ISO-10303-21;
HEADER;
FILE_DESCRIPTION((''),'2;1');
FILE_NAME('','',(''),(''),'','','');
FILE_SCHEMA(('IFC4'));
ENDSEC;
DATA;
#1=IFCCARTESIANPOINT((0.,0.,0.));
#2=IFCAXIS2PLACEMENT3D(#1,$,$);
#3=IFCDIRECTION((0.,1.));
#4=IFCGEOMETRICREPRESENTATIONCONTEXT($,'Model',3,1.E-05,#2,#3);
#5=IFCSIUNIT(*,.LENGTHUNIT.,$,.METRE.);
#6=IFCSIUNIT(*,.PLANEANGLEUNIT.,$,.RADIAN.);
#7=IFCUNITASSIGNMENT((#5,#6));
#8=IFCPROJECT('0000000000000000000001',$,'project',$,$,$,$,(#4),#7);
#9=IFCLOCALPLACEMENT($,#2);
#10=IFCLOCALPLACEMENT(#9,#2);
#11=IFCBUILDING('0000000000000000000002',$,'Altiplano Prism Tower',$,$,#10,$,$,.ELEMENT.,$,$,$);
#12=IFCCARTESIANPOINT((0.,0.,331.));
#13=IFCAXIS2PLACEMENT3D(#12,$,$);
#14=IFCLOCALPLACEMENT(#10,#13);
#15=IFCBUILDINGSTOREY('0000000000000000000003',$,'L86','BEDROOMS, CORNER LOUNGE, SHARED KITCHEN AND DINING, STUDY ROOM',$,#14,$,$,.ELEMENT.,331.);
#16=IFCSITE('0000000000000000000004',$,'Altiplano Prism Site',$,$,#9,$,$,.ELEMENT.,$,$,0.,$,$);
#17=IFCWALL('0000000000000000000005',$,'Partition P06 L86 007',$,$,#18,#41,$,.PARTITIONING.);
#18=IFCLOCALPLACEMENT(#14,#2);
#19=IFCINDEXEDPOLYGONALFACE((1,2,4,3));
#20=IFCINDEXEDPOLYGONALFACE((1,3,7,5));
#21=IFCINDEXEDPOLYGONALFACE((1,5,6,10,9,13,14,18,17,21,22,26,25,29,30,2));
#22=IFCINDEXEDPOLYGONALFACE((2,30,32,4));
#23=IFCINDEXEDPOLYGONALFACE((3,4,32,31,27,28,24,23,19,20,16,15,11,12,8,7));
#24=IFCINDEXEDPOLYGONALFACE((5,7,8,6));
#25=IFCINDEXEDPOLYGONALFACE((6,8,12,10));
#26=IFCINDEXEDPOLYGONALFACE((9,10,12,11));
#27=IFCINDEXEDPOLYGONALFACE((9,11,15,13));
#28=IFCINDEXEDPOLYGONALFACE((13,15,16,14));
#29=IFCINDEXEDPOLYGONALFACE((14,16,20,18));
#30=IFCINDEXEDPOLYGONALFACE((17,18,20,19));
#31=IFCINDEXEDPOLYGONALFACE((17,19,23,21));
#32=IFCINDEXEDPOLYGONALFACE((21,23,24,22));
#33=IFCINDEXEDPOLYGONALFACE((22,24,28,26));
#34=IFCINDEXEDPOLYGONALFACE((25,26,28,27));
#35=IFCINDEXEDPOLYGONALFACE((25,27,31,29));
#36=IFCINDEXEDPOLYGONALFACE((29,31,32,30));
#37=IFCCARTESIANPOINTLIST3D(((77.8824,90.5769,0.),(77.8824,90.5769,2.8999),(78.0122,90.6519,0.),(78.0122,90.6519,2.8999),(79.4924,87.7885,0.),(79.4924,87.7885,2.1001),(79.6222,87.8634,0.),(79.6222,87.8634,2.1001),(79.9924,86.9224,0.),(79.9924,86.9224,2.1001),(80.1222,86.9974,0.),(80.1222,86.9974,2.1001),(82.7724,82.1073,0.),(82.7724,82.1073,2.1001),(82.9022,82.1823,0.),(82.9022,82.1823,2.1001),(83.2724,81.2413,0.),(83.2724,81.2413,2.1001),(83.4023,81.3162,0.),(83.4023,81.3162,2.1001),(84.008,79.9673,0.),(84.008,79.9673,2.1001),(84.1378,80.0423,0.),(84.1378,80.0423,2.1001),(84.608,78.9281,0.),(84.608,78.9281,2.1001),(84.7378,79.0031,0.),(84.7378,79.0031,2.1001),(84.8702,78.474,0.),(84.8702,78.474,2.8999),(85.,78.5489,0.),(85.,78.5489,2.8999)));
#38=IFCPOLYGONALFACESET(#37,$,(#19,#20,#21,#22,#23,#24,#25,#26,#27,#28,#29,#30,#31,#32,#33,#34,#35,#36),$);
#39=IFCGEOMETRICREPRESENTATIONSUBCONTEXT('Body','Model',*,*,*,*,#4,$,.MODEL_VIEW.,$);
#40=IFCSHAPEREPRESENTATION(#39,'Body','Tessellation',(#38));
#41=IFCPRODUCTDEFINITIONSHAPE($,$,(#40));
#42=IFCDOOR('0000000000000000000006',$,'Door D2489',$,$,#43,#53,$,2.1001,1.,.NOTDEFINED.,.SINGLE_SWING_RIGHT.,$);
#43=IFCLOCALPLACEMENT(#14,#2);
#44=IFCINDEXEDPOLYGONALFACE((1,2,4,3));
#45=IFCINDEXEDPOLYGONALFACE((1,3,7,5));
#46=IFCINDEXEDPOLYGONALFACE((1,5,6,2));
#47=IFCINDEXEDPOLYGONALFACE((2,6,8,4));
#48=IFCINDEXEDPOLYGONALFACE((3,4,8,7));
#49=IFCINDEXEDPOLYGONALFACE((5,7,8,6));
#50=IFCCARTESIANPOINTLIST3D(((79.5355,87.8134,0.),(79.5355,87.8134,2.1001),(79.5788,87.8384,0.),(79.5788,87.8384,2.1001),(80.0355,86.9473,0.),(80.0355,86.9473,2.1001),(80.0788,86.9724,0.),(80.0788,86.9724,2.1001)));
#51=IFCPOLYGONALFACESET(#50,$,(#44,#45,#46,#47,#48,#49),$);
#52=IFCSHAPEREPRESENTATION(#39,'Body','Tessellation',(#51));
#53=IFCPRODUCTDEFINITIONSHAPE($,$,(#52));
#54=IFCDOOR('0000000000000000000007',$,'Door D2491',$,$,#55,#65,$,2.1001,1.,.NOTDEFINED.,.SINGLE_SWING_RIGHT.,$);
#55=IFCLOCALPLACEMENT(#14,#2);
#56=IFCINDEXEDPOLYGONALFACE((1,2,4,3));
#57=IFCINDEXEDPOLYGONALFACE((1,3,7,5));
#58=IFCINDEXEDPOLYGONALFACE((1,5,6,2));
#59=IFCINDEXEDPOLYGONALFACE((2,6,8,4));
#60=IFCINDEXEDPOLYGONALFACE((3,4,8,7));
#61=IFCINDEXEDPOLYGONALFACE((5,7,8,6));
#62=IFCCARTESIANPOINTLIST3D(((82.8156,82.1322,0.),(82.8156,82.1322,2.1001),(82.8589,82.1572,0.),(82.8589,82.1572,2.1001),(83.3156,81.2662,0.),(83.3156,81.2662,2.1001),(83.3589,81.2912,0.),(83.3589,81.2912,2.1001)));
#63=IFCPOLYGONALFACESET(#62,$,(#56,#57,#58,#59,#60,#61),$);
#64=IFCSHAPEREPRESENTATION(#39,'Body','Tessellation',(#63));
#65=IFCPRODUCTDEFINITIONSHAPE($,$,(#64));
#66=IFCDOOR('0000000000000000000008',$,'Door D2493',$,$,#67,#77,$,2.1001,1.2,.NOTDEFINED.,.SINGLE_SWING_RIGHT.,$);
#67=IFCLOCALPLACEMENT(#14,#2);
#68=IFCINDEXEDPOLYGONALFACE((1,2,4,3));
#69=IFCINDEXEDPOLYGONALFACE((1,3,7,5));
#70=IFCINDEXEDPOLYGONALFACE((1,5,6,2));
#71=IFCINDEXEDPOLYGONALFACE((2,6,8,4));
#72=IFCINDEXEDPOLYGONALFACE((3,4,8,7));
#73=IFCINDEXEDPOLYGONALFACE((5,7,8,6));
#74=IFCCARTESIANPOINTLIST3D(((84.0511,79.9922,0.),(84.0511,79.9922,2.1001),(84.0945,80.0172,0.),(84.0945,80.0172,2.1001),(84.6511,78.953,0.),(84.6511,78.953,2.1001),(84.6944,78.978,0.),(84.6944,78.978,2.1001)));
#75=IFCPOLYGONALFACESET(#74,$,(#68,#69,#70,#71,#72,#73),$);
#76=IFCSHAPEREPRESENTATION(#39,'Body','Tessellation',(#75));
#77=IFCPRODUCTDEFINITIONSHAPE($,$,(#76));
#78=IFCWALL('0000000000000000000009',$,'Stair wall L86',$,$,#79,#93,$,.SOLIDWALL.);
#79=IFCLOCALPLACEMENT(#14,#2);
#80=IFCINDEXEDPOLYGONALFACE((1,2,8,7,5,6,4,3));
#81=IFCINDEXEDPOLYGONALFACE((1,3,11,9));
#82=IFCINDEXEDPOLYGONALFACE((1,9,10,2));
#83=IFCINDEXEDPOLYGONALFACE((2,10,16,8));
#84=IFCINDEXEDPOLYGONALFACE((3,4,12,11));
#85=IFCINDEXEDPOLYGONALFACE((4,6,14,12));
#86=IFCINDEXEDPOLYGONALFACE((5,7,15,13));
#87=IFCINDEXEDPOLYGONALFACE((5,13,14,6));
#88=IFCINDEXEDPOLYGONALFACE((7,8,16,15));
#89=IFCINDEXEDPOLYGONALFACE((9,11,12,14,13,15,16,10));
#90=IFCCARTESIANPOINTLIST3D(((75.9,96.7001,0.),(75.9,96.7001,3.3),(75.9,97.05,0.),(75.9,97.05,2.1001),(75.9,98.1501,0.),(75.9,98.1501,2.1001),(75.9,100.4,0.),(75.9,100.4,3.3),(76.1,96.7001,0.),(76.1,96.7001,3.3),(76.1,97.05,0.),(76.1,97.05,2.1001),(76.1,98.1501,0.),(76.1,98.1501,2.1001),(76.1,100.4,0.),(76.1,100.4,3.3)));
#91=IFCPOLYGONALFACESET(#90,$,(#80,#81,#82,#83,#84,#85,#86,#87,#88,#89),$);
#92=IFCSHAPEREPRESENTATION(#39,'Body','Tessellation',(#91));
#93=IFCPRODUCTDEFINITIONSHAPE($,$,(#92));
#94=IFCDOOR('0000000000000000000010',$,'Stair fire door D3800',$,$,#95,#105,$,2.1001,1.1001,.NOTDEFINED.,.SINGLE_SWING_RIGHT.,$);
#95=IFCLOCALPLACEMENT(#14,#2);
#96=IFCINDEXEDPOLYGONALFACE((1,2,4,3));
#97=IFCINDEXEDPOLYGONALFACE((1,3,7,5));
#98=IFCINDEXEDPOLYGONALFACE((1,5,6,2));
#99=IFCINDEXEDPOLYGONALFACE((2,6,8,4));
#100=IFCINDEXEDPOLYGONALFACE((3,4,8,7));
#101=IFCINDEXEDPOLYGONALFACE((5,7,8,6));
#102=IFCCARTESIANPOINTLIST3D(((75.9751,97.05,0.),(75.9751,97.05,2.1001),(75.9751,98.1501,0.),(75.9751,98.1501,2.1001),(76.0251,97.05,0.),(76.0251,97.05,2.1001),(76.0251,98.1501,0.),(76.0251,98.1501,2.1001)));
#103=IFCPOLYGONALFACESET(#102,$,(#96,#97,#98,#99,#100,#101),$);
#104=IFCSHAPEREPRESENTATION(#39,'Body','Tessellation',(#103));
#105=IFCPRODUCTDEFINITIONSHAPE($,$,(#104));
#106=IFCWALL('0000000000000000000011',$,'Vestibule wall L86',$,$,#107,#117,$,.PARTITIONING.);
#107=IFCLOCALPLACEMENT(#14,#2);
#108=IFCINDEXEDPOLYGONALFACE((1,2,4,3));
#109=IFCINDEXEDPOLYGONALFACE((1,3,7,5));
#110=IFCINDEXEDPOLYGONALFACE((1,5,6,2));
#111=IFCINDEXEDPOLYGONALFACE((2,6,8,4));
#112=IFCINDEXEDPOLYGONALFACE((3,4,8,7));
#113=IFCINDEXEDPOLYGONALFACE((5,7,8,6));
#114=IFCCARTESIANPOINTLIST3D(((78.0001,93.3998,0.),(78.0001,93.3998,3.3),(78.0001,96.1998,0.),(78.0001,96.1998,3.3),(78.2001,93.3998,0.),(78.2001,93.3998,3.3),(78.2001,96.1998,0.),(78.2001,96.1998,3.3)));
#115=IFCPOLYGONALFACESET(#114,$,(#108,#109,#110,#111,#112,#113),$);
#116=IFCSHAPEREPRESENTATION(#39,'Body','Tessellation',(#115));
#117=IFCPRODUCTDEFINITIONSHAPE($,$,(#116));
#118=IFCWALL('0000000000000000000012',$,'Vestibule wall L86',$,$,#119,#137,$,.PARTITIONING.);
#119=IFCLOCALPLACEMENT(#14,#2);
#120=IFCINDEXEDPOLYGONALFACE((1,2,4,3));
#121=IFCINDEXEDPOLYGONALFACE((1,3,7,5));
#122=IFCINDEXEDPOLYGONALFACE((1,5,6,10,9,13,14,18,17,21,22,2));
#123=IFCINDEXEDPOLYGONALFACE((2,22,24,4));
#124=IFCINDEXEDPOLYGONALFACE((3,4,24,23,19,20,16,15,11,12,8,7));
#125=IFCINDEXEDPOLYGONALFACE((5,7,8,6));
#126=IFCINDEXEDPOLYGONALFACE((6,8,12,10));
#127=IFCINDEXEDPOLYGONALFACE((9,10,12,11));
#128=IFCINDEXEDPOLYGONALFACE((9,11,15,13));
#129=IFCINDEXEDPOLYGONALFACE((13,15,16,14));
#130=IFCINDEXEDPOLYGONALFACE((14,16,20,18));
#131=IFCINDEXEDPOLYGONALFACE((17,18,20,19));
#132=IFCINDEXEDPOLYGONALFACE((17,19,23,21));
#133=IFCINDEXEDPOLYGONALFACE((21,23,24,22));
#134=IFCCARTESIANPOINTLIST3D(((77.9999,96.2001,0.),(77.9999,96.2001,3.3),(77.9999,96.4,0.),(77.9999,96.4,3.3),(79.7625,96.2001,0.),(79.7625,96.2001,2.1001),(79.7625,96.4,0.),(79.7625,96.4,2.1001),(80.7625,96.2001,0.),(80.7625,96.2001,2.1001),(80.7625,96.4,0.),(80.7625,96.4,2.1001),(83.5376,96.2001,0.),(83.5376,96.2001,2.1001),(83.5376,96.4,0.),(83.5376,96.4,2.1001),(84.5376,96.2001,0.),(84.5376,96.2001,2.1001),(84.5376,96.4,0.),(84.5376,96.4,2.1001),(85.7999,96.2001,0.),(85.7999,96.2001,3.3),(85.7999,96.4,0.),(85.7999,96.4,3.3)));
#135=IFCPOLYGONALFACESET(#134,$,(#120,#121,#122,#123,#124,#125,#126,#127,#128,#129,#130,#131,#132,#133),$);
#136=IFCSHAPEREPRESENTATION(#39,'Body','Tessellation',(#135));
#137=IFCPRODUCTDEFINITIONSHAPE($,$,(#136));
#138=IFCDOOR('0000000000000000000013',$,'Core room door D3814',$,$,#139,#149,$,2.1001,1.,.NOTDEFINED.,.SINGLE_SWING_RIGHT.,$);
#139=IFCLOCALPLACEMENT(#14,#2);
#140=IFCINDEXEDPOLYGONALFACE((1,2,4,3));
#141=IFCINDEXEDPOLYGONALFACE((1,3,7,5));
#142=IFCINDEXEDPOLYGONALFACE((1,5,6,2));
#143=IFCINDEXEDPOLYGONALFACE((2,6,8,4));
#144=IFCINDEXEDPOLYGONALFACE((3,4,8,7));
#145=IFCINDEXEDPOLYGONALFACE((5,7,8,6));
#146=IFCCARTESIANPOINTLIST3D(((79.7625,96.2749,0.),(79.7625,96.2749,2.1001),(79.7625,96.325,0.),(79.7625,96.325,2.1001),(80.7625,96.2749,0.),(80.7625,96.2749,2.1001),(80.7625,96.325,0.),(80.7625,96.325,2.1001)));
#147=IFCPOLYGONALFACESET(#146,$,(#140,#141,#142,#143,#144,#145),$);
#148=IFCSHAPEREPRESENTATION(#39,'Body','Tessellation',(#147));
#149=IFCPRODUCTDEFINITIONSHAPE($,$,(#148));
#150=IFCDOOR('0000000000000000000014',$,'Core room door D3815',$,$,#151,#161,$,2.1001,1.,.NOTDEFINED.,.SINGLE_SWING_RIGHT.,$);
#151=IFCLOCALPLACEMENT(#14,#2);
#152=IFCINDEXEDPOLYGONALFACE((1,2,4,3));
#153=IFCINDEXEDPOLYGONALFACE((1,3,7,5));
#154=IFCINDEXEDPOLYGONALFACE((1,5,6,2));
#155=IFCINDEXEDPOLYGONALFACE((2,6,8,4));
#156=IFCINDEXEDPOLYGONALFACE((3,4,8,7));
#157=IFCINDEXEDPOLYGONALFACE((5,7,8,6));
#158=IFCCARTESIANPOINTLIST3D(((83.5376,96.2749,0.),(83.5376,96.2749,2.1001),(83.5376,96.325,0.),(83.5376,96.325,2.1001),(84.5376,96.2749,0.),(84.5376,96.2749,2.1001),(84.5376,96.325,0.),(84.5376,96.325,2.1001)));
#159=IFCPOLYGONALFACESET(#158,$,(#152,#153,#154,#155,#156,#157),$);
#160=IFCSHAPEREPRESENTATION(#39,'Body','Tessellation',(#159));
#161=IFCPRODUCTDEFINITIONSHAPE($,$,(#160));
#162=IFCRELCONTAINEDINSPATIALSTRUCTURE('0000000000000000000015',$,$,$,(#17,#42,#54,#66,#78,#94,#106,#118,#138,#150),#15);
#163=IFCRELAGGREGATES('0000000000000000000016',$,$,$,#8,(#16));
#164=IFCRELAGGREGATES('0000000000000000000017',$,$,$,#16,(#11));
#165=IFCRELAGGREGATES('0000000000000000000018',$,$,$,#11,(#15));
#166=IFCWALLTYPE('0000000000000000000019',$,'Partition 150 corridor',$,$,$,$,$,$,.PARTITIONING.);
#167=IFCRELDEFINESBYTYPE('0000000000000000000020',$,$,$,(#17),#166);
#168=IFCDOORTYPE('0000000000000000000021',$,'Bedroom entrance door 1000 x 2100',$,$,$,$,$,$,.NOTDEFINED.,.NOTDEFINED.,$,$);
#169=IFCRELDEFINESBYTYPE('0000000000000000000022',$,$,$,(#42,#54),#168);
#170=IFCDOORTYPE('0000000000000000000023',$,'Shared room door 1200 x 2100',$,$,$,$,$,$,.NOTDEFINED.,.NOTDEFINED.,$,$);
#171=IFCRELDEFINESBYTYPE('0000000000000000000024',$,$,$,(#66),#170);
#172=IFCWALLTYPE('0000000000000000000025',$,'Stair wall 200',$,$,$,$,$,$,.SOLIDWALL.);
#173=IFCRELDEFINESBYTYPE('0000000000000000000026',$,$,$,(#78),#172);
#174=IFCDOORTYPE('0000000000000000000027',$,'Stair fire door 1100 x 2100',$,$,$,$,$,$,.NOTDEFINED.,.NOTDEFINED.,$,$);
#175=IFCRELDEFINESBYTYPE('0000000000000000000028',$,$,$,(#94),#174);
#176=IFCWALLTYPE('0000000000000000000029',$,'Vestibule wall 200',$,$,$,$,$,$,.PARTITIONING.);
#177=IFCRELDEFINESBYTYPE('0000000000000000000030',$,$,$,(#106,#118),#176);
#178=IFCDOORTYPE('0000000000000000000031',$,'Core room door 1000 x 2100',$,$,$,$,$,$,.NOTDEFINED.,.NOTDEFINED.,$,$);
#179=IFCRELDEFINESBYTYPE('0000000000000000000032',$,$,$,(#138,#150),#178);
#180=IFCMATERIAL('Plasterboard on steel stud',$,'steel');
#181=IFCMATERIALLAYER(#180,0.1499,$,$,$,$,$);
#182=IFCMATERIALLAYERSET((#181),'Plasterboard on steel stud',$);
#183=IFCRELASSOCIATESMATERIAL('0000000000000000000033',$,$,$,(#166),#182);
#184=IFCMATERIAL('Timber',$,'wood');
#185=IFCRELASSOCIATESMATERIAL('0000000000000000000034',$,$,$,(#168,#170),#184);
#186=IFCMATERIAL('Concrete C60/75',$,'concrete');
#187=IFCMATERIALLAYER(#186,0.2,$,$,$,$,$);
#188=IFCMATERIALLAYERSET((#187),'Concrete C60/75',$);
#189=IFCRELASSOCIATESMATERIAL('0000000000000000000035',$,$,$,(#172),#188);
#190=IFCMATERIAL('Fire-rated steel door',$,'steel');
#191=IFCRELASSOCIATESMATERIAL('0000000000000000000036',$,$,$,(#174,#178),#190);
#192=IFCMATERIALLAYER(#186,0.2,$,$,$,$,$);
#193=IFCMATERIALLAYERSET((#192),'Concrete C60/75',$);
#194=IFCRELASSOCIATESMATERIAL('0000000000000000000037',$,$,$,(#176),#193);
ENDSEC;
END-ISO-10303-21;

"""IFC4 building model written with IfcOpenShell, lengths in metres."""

from ifc_helpers import new_model, si_unit, direction, frame, frame_2d, origin, place, context, subcontext, project, spatial, rectangle, extrude, material, layer, layer_set, type_object, element, fill, save


model = new_model("IFC4")

# Units and contexts
model_context = context("Model", 3, precision=1e-05, world=origin(), true_north=direction((0.0, 1.0)))
body_context = subcontext(model_context, "Body", "Model", "MODEL_VIEW")
ifc_project = project(units=[si_unit("LENGTHUNIT", "METRE"), si_unit("PLANEANGLEUNIT", "RADIAN")], contexts=[model_context])

# Site, building, storey
site_placement = place(None, origin())
site = spatial("IfcSite", under=ifc_project, at=site_placement, Name="Altiplano Prism Site", CompositionType="ELEMENT", RefElevation=0.0)
building_placement = place(site_placement, origin())
building = spatial("IfcBuilding", under=site, at=building_placement, Name="Altiplano Prism Tower", CompositionType="ELEMENT")
storey_placement = place(building_placement, frame((0.0, 0.0, 331.0)))
storey = spatial("IfcBuildingStorey", under=building, at=storey_placement, Name="L86", Description="BEDROOMS, CORNER LOUNGE, SHARED KITCHEN AND DINING, STUDY ROOM", CompositionType="ELEMENT", Elevation=331.0)

# Shared definitions
ifc_material_1 = material(Name="Plasterboard on steel stud", Category="steel")

# Shared definitions
ifc_material_2 = material(Name="Timber", Category="wood")

# Shared definitions
ifc_layer_1 = layer(ifc_material_1, 0.1499)
ifc_layer_set_1 = layer_set([ifc_layer_1], Name="Plasterboard on steel stud")
wall_type_1 = type_object("IfcWallType", Name="Partition 150 corridor", PredefinedType="PARTITIONING", material=ifc_layer_set_1)

# Shared definitions
door_type_1 = type_object("IfcDoorType", Name="Bedroom entrance door 1000 x 2100", OperationType="NOTDEFINED", PredefinedType="NOTDEFINED", material=ifc_material_2)

# Wall, openings, doors
wall_1_placement = place(storey_placement, frame((77.9473, 90.6145, 0.0), z_axis=(0.0, 0.0, 1.0), x_axis=(0.500006, -0.866022, 0.0)))
wall_1 = element("IfcWall", 1, at=wall_1_placement, inside=storey, type_object=wall_type_1, Name="Partition P06 L86 007", PredefinedType="PARTITIONING", context=body_context, shape_type="SweptSolid", body=[
    extrude(rectangle(XDim=13.9753, YDim=0.1499, at=frame_2d((6.9878, 0.0))), origin(), (0.0, 0.0, 1.0), 2.8999),
])
opening_1_placement = place(wall_1_placement, frame((3.22, 0.0, 0.0)))
opening_1 = element("IfcOpeningElement", 2, at=opening_1_placement, cuts=wall_1, PredefinedType="OPENING", context=body_context, shape_type="SweptSolid", body=[
    extrude(rectangle(XDim=1.0, YDim=2.1001, at=frame_2d((0.5, 1.05))), frame((0.0, 0.0854, 0.0), z_axis=(0.0, -1.0, 0.0), x_axis=(1.0, 0.0, 0.0)), (0.0, 0.0, 1.0), 0.1709),
])
opening_2_placement = place(wall_1_placement, frame((9.78, 0.0, 0.0)))
opening_2 = element("IfcOpeningElement", 3, at=opening_2_placement, cuts=wall_1, PredefinedType="OPENING", context=body_context, shape_type="SweptSolid", body=[
    extrude(rectangle(XDim=1.0, YDim=2.1001, at=frame_2d((0.5, 1.05))), frame((0.0, 0.0854, 0.0), z_axis=(0.0, -1.0, 0.0), x_axis=(1.0, 0.0, 0.0)), (0.0, 0.0, 1.0), 0.1709),
])
opening_3_placement = place(wall_1_placement, frame((12.251, 0.0, 0.0)))
opening_3 = element("IfcOpeningElement", 4, at=opening_3_placement, cuts=wall_1, PredefinedType="OPENING", context=body_context, shape_type="SweptSolid", body=[
    extrude(rectangle(XDim=1.2, YDim=2.1001, at=frame_2d((0.6001, 1.05))), frame((0.0, 0.0854, 0.0), z_axis=(0.0, -1.0, 0.0), x_axis=(1.0, 0.0, 0.0)), (0.0, 0.0, 1.0), 0.1709),
])
door_1_placement = place(opening_1_placement, origin())
door_1 = element("IfcDoor", 5, at=door_1_placement, inside=storey, type_object=door_type_1, Name="Door D2489", OperationType="SINGLE_SWING_RIGHT", OverallHeight=2.1001, OverallWidth=1.0, PredefinedType="NOTDEFINED", context=body_context, shape_type="SweptSolid", body=[
    extrude(rectangle(XDim=1.0, YDim=2.1001, at=frame_2d((0.5, 1.05))), frame((0.0, 0.0249, 0.0), z_axis=(0.0, -1.0, 0.0), x_axis=(1.0, 0.0, 0.0)), (0.0, 0.0, 1.0), 0.05),
])
fill(opening_1, door_1)
door_2_placement = place(opening_2_placement, origin())
door_2 = element("IfcDoor", 6, at=door_2_placement, inside=storey, type_object=door_type_1, Name="Door D2491", OperationType="SINGLE_SWING_RIGHT", OverallHeight=2.1001, OverallWidth=1.0, PredefinedType="NOTDEFINED", context=body_context, shape_type="SweptSolid", body=[
    extrude(rectangle(XDim=1.0, YDim=2.1001, at=frame_2d((0.5, 1.05))), frame((0.0, 0.0249, 0.0), z_axis=(0.0, -1.0, 0.0), x_axis=(1.0, 0.0, 0.0)), (0.0, 0.0, 1.0), 0.05),
])
fill(opening_2, door_2)
door_type_2 = type_object("IfcDoorType", Name="Shared room door 1200 x 2100", OperationType="NOTDEFINED", PredefinedType="NOTDEFINED", material=ifc_material_2)
door_3_placement = place(opening_3_placement, origin())
door_3 = element("IfcDoor", 7, at=door_3_placement, inside=storey, type_object=door_type_2, Name="Door D2493", OperationType="SINGLE_SWING_RIGHT", OverallHeight=2.1001, OverallWidth=1.2, PredefinedType="NOTDEFINED", context=body_context, shape_type="SweptSolid", body=[
    extrude(rectangle(XDim=1.2, YDim=2.1001, at=frame_2d((0.6001, 1.05))), frame((0.0, 0.0249, 0.0), z_axis=(0.0, -1.0, 0.0), x_axis=(1.0, 0.0, 0.0)), (0.0, 0.0, 1.0), 0.05),
])
fill(opening_3, door_3)

# Wall, opening, door
ifc_material_3 = material(Name="Concrete C60/75", Category="concrete")
ifc_layer_2 = layer(ifc_material_3, 0.2)
ifc_layer_set_2 = layer_set([ifc_layer_2], Name="Concrete C60/75")
wall_type_2 = type_object("IfcWallType", Name="Stair wall 200", PredefinedType="SOLIDWALL", material=ifc_layer_set_2)
wall_2_placement = place(storey_placement, frame((76.0, 96.7, 0.0), z_axis=(0.0, 0.0, 1.0), x_axis=(0.0, 1.0, 0.0)))
wall_2 = element("IfcWall", 8, at=wall_2_placement, inside=storey, type_object=wall_type_2, Name="Stair wall L86", PredefinedType="SOLIDWALL", context=body_context, shape_type="SweptSolid", body=[
    extrude(rectangle(XDim=3.7, YDim=0.2, at=frame_2d((1.8501, 0.0))), origin(), (0.0, 0.0, 1.0), 3.3),
])
opening_4_placement = place(wall_2_placement, frame((0.3501, 0.0, 0.0)))
opening_4 = element("IfcOpeningElement", 9, at=opening_4_placement, cuts=wall_2, PredefinedType="OPENING", context=body_context, shape_type="SweptSolid", body=[
    extrude(rectangle(XDim=1.1001, YDim=2.1001, at=frame_2d((0.55, 1.05))), frame((0.0, 0.1104, 0.0), z_axis=(0.0, -1.0, 0.0), x_axis=(1.0, 0.0, 0.0)), (0.0, 0.0, 1.0), 0.2209),
])
ifc_material_4 = material(Name="Fire-rated steel door", Category="steel")
door_type_3 = type_object("IfcDoorType", Name="Stair fire door 1100 x 2100", OperationType="NOTDEFINED", PredefinedType="NOTDEFINED", material=ifc_material_4)
door_4_placement = place(opening_4_placement, origin())
door_4 = element("IfcDoor", 10, at=door_4_placement, inside=storey, type_object=door_type_3, Name="Stair fire door D3800", OperationType="SINGLE_SWING_RIGHT", OverallHeight=2.1001, OverallWidth=1.1001, PredefinedType="NOTDEFINED", context=body_context, shape_type="SweptSolid", body=[
    extrude(rectangle(XDim=1.1001, YDim=2.1001, at=frame_2d((0.55, 1.05))), frame((0.0, 0.0249, 0.0), z_axis=(0.0, -1.0, 0.0), x_axis=(1.0, 0.0, 0.0)), (0.0, 0.0, 1.0), 0.05),
])
fill(opening_4, door_4)

# Wall
ifc_layer_3 = layer(ifc_material_3, 0.2)
ifc_layer_set_3 = layer_set([ifc_layer_3], Name="Concrete C60/75")
wall_type_3 = type_object("IfcWallType", Name="Vestibule wall 200", PredefinedType="PARTITIONING", material=ifc_layer_set_3)
wall_3_placement = place(storey_placement, frame((78.1001, 93.3999, 0.0), z_axis=(0.0, 0.0, 1.0), x_axis=(0.0, 1.0, 0.0)))
element("IfcWall", 11, at=wall_3_placement, inside=storey, type_object=wall_type_3, Name="Vestibule wall L86", PredefinedType="PARTITIONING", context=body_context, shape_type="SweptSolid", body=[
    extrude(rectangle(XDim=2.8, YDim=0.2, at=frame_2d((1.3999, 0.0))), origin(), (0.0, 0.0, 1.0), 3.3),
])

# Wall, openings, doors
wall_4_placement = place(storey_placement, frame((78.0, 96.3, 0.0), z_axis=(0.0, 0.0, 1.0), x_axis=(1.0, 0.0, 0.0)))
wall_4 = element("IfcWall", 12, at=wall_4_placement, inside=storey, type_object=wall_type_3, Name="Vestibule wall L86", PredefinedType="PARTITIONING", context=body_context, shape_type="SweptSolid", body=[
    extrude(rectangle(XDim=7.8, YDim=0.2, at=frame_2d((3.8999, 0.0))), origin(), (0.0, 0.0, 1.0), 3.3),
])
opening_5_placement = place(wall_4_placement, frame((1.7625, 0.0, 0.0)))
opening_5 = element("IfcOpeningElement", 13, at=opening_5_placement, cuts=wall_4, PredefinedType="OPENING", context=body_context, shape_type="SweptSolid", body=[
    extrude(rectangle(XDim=1.0, YDim=2.1001, at=frame_2d((0.5, 1.05))), frame((0.0, 0.1104, 0.0), z_axis=(0.0, -1.0, 0.0), x_axis=(1.0, 0.0, 0.0)), (0.0, 0.0, 1.0), 0.2209),
])
opening_6_placement = place(wall_4_placement, frame((5.5376, 0.0, 0.0)))
opening_6 = element("IfcOpeningElement", 14, at=opening_6_placement, cuts=wall_4, PredefinedType="OPENING", context=body_context, shape_type="SweptSolid", body=[
    extrude(rectangle(XDim=1.0, YDim=2.1001, at=frame_2d((0.5, 1.05))), frame((0.0, 0.1104, 0.0), z_axis=(0.0, -1.0, 0.0), x_axis=(1.0, 0.0, 0.0)), (0.0, 0.0, 1.0), 0.2209),
])
door_type_4 = type_object("IfcDoorType", Name="Core room door 1000 x 2100", OperationType="NOTDEFINED", PredefinedType="NOTDEFINED", material=ifc_material_4)
door_5_placement = place(opening_5_placement, origin())
door_5 = element("IfcDoor", 15, at=door_5_placement, inside=storey, type_object=door_type_4, Name="Core room door D3814", OperationType="SINGLE_SWING_RIGHT", OverallHeight=2.1001, OverallWidth=1.0, PredefinedType="NOTDEFINED", context=body_context, shape_type="SweptSolid", body=[
    extrude(rectangle(XDim=1.0, YDim=2.1001, at=frame_2d((0.5, 1.05))), frame((0.0, 0.0249, 0.0), z_axis=(0.0, -1.0, 0.0), x_axis=(1.0, 0.0, 0.0)), (0.0, 0.0, 1.0), 0.05),
])
fill(opening_5, door_5)
door_6_placement = place(opening_6_placement, origin())
door_6 = element("IfcDoor", 16, at=door_6_placement, inside=storey, type_object=door_type_4, Name="Core room door D3815", OperationType="SINGLE_SWING_RIGHT", OverallHeight=2.1001, OverallWidth=1.0, PredefinedType="NOTDEFINED", context=body_context, shape_type="SweptSolid", body=[
    extrude(rectangle(XDim=1.0, YDim=2.1001, at=frame_2d((0.5, 1.05))), frame((0.0, 0.0249, 0.0), z_axis=(0.0, -1.0, 0.0), x_axis=(1.0, 0.0, 0.0)), (0.0, 0.0, 1.0), 0.05),
])
fill(opening_6, door_6)

save(model, "model.ifc")
